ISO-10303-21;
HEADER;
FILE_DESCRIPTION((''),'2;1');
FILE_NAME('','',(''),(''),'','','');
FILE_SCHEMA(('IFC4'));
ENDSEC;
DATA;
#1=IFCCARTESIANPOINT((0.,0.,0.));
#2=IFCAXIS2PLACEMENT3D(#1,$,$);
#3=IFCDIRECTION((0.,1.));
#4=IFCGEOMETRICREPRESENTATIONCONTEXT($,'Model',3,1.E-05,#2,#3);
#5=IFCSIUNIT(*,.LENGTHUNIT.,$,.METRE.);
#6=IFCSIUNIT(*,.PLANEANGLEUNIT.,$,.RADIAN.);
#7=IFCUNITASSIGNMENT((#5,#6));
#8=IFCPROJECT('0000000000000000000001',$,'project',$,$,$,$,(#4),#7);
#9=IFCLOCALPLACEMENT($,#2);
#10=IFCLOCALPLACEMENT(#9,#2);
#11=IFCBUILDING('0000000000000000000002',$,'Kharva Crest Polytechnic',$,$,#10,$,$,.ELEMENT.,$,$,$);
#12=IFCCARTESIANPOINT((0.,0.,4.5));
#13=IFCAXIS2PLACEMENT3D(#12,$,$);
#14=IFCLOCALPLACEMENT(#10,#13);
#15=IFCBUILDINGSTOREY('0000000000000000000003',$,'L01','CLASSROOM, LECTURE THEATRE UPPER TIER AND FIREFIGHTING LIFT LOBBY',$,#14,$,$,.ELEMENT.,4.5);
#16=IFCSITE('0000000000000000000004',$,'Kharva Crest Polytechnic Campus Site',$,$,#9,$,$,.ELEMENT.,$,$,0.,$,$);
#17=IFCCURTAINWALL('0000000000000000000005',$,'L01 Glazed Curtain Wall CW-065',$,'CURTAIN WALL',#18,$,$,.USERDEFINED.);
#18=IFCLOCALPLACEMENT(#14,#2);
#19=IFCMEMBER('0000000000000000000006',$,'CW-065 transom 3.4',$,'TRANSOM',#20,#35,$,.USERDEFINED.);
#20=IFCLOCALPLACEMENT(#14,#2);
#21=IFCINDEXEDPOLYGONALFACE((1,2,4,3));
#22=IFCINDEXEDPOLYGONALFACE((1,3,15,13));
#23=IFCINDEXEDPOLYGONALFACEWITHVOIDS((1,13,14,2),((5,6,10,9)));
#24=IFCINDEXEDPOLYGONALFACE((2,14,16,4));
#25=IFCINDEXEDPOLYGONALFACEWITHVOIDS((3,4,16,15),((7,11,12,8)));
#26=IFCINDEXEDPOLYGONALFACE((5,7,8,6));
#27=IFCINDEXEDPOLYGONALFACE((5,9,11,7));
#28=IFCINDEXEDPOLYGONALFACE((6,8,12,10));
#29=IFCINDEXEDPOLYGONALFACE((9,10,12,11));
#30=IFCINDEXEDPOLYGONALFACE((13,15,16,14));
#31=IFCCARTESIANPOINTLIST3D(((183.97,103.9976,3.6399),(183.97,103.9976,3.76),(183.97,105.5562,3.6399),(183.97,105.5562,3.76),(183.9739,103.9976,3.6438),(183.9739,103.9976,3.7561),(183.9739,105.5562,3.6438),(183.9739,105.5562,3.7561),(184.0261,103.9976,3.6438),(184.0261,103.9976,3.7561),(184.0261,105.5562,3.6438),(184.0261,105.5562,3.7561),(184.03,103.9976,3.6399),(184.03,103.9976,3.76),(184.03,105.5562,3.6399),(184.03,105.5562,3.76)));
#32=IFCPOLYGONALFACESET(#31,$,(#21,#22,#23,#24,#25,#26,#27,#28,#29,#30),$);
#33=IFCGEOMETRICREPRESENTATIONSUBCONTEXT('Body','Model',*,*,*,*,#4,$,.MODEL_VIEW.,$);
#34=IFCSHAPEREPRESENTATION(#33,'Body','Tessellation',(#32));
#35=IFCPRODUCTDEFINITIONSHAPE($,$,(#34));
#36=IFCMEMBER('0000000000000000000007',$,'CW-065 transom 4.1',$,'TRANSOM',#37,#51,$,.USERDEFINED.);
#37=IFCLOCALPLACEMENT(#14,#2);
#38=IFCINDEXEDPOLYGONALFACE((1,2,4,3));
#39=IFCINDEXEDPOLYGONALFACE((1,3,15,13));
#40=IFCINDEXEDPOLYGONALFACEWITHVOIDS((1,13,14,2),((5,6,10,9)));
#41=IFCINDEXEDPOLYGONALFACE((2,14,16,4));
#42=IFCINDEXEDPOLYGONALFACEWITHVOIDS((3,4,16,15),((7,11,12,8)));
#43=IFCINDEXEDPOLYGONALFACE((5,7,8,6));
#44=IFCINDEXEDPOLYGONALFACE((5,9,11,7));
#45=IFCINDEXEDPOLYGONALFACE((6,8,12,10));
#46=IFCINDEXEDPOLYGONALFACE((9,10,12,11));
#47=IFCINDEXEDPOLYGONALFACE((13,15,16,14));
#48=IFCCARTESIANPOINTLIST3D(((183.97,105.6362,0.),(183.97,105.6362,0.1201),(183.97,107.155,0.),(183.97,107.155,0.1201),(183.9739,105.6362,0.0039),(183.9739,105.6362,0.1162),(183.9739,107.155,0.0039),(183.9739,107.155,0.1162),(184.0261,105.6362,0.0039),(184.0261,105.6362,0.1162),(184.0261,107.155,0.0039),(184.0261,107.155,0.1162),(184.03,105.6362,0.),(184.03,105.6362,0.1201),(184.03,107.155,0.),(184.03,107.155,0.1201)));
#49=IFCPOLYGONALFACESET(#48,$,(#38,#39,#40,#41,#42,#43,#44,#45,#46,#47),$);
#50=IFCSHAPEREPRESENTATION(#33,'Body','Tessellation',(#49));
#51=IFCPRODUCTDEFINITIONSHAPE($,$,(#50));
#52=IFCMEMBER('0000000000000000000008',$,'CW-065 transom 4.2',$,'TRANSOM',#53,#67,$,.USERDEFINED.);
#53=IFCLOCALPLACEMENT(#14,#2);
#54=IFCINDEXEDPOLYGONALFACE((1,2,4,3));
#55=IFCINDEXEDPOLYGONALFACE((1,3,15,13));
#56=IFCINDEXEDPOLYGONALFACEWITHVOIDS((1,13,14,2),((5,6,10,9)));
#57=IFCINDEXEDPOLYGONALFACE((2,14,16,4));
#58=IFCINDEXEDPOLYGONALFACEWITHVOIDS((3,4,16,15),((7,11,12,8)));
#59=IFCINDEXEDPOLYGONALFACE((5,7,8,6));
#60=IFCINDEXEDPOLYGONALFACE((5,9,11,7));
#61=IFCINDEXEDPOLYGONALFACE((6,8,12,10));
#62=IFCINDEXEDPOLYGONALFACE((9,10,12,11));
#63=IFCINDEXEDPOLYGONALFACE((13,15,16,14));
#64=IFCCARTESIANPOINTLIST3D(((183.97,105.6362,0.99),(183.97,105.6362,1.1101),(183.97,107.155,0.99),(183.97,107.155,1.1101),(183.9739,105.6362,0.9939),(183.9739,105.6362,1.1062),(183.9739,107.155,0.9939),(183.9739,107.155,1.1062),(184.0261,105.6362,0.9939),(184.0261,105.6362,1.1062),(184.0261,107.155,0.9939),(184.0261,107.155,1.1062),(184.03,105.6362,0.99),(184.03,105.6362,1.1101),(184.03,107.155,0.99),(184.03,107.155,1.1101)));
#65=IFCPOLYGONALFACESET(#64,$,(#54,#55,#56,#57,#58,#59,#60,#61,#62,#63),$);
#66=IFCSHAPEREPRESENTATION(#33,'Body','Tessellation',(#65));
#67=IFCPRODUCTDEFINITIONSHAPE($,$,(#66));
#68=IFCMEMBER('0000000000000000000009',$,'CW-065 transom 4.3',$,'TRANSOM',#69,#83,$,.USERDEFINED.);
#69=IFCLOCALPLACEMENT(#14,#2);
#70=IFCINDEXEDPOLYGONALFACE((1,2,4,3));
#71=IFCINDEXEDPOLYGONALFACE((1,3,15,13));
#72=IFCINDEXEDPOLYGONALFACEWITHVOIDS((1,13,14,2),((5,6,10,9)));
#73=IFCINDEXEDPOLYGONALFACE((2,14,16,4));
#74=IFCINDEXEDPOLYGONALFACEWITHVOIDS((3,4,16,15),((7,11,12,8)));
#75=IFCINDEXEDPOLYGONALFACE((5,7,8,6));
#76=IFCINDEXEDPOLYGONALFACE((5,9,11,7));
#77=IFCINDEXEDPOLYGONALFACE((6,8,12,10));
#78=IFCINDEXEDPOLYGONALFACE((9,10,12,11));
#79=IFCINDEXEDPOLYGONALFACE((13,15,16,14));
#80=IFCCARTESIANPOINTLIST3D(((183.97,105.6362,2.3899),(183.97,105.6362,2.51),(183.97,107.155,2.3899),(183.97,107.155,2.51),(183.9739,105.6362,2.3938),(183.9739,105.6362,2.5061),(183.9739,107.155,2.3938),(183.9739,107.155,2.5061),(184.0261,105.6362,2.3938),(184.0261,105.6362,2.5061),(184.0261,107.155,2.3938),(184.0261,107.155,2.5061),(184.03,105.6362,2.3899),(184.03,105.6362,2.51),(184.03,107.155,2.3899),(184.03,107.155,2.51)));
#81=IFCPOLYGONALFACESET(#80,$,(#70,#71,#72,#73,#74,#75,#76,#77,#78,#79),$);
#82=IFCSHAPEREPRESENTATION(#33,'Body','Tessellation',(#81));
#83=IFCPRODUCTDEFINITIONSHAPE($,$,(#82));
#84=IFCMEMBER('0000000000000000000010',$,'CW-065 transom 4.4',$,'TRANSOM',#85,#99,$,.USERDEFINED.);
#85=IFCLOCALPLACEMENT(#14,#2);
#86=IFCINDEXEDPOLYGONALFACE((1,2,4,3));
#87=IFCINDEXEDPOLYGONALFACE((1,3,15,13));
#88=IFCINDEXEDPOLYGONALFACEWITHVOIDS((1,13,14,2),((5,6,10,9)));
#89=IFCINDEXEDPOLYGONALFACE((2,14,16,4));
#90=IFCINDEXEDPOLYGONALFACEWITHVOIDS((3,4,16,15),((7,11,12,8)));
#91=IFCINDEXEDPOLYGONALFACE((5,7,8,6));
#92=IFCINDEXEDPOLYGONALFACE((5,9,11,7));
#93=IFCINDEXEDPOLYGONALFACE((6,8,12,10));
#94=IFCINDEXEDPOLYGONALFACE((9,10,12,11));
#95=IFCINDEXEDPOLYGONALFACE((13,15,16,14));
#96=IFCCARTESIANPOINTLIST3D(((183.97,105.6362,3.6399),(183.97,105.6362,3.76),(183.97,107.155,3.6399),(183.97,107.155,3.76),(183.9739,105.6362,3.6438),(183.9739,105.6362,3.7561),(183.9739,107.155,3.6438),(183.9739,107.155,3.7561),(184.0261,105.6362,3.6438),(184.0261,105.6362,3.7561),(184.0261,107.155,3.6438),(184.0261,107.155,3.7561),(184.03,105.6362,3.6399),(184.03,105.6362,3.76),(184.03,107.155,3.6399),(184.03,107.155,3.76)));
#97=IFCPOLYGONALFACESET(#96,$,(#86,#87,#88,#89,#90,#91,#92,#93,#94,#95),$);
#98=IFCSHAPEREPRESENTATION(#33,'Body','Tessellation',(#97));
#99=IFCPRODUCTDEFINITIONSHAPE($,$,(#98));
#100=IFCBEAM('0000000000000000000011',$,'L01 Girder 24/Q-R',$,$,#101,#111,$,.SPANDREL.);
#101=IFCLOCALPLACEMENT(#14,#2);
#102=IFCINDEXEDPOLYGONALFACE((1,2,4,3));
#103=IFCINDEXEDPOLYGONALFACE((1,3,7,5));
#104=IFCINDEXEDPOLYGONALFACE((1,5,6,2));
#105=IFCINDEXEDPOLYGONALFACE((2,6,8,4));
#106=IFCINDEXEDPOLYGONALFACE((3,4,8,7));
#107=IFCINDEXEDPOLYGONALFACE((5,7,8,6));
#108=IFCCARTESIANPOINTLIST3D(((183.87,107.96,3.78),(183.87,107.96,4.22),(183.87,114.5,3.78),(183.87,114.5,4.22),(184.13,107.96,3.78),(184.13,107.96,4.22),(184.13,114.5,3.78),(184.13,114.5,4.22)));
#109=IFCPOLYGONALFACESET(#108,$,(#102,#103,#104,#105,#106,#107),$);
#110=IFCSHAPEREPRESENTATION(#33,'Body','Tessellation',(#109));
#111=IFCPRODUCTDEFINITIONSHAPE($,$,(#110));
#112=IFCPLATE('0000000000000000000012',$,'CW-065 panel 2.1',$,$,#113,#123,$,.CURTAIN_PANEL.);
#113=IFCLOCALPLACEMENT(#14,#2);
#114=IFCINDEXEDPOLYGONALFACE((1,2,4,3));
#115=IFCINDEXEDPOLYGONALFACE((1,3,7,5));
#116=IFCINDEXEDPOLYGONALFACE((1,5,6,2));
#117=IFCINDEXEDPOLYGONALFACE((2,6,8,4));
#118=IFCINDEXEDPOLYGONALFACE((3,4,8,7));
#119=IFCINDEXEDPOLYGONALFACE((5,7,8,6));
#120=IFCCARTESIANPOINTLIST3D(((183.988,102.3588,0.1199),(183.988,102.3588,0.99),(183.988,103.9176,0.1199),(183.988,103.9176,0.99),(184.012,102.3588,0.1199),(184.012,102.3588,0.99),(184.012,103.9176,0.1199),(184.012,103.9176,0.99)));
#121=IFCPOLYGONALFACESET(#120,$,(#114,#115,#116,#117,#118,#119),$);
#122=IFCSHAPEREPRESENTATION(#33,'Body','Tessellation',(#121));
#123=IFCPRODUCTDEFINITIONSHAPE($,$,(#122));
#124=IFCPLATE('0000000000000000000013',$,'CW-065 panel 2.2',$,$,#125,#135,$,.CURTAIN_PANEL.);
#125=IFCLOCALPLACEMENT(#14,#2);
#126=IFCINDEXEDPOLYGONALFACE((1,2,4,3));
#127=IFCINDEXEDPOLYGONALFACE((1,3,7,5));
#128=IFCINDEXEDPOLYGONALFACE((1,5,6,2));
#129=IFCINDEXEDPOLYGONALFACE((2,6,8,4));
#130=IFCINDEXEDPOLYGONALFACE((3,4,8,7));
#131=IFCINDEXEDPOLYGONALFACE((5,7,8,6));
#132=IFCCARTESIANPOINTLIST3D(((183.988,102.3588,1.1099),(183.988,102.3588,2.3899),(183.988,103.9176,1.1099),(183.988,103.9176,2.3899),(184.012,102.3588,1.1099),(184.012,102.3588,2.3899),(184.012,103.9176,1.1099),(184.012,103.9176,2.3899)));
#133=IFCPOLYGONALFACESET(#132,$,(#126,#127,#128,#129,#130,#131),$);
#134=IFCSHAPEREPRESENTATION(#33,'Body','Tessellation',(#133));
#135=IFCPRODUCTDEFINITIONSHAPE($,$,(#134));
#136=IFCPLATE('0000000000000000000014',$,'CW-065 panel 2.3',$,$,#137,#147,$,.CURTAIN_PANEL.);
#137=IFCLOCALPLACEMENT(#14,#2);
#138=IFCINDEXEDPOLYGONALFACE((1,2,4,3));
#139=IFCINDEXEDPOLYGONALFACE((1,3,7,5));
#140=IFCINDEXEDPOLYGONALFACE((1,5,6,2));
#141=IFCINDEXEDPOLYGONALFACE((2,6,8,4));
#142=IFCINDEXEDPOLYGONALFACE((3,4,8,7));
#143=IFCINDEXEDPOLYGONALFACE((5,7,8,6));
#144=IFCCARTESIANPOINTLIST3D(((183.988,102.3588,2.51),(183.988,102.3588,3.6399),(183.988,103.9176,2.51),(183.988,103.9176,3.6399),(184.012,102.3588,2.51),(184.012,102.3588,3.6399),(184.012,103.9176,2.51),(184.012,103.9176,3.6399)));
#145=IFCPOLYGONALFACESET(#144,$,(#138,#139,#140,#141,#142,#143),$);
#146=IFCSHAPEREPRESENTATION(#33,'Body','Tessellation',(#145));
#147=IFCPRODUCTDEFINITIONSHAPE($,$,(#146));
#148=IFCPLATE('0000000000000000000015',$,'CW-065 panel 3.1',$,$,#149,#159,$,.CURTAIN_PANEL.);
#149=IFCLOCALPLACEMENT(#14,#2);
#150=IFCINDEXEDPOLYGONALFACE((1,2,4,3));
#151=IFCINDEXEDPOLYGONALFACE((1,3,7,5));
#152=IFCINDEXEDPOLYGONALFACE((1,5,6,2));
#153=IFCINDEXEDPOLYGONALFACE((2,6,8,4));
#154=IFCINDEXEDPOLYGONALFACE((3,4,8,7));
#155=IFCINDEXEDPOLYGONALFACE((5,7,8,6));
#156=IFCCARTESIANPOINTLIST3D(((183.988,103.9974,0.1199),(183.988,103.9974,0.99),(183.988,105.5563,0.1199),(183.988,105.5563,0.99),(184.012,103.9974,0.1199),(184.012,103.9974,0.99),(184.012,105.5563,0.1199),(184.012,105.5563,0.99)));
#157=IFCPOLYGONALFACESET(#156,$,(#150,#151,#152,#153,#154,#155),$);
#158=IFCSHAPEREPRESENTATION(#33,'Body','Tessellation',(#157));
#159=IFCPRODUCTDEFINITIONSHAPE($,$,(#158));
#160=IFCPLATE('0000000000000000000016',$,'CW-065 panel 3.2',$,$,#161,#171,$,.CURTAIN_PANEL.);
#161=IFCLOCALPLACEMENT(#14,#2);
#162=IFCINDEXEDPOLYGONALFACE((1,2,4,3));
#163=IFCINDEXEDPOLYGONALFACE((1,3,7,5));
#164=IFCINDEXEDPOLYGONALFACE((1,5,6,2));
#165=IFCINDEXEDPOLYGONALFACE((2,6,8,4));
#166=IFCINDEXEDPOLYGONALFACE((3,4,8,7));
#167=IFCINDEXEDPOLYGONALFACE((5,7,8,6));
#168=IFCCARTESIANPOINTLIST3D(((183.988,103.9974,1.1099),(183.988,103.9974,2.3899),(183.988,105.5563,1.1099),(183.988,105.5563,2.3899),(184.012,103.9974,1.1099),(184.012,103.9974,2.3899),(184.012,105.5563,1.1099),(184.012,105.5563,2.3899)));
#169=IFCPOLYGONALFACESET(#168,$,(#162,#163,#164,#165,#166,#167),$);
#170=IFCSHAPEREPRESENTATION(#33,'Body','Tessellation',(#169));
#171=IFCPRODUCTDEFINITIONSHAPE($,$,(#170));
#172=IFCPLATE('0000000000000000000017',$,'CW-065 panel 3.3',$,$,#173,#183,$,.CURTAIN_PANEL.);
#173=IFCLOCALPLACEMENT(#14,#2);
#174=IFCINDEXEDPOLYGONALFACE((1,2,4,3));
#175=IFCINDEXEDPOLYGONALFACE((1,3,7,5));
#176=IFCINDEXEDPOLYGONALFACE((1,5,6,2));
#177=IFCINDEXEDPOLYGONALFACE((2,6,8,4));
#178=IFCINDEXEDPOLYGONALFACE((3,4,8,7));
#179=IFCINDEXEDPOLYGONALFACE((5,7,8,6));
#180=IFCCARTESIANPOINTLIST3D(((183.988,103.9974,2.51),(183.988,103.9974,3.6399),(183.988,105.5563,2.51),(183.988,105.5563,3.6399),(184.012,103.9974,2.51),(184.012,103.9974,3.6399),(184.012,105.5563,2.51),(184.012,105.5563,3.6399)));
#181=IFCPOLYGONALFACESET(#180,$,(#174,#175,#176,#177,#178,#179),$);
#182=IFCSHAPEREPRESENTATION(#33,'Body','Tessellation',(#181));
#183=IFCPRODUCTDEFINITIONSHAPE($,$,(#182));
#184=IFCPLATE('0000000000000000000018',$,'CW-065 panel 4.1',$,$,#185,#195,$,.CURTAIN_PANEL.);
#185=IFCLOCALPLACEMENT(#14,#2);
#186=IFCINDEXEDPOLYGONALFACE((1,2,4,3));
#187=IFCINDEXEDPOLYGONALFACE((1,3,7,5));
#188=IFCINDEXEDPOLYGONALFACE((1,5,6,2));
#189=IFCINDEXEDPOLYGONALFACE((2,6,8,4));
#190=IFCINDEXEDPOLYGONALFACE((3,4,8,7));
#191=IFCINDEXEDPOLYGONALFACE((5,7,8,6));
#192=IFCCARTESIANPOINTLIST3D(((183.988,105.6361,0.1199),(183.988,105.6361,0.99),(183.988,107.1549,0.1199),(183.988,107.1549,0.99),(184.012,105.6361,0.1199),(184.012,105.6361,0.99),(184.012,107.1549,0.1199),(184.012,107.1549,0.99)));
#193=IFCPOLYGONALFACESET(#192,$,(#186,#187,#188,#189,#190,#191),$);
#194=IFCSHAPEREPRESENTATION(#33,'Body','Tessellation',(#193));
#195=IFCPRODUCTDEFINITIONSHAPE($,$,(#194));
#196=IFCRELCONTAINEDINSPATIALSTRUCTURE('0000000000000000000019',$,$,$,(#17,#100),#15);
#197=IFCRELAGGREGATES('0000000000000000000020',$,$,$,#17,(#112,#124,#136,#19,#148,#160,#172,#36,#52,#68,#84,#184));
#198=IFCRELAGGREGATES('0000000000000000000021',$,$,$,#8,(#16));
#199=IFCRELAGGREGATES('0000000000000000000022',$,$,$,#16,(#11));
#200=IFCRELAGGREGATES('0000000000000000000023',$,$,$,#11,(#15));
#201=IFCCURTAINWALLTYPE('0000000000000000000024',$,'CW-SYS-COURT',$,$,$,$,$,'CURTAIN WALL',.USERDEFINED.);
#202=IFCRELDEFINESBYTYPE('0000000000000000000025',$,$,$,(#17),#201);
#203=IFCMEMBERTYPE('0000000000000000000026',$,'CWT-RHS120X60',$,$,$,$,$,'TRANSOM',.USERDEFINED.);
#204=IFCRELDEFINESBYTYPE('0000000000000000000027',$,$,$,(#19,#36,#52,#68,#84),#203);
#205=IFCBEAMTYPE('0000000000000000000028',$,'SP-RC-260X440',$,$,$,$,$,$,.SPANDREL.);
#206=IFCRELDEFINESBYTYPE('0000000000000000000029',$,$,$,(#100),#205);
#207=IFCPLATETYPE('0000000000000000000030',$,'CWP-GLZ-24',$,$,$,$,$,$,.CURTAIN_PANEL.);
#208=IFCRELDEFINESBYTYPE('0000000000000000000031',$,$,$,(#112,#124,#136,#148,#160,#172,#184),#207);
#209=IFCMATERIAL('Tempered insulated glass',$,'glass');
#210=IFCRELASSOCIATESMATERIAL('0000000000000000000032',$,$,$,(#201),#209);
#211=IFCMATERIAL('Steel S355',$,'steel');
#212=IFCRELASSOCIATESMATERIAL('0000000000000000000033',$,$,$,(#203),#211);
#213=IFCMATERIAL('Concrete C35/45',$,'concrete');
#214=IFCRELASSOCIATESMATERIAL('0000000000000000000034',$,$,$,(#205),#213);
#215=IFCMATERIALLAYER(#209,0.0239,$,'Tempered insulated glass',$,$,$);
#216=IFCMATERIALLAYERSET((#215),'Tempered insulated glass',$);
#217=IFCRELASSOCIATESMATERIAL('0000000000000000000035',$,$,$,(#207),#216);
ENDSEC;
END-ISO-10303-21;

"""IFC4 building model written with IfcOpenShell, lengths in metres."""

from ifc_helpers import new_model, si_unit, direction, frame, origin, origin_2d, place, context, subcontext, project, spatial, rectangle, hollow_rectangle, extrude, material, layer, layer_set, material_profile, profile_set, type_object, element, aggregate, save


model = new_model("IFC4")

# Units and contexts
model_context = context("Model", 3, precision=1e-05, world=origin(), true_north=direction((0.0, 1.0)))
body_context = subcontext(model_context, "Body", "Model", "MODEL_VIEW")
ifc_project = project(units=[si_unit("LENGTHUNIT", "METRE"), si_unit("PLANEANGLEUNIT", "RADIAN")], contexts=[model_context])

# Site, building, storey
site_placement = place(None, origin())
site = spatial("IfcSite", under=ifc_project, at=site_placement, Name="Kharva Crest Polytechnic Campus Site", CompositionType="ELEMENT", RefElevation=0.0)
building_placement = place(site_placement, origin())
building = spatial("IfcBuilding", under=site, at=building_placement, Name="Kharva Crest Polytechnic", CompositionType="ELEMENT")
storey_placement = place(building_placement, frame((0.0, 0.0, 4.5)))
storey = spatial("IfcBuildingStorey", under=building, at=storey_placement, Name="L01", Description="CLASSROOM, LECTURE THEATRE UPPER TIER AND FIREFIGHTING LIFT LOBBY", CompositionType="ELEMENT", Elevation=4.5)

# Curtain wall, members
ifc_material_1 = material(Name="Tempered insulated glass", Category="glass")
curtain_wall_type = type_object("IfcCurtainWallType", Name="CW-SYS-COURT", ElementType="CURTAIN WALL", PredefinedType="USERDEFINED", material=ifc_material_1)
curtain_wall_placement = place(storey_placement, origin())
curtain_wall = element("IfcCurtainWall", 1, at=curtain_wall_placement, inside=storey, type_object=curtain_wall_type, Name="L01 Glazed Curtain Wall CW-065", ObjectType="CURTAIN WALL", PredefinedType="USERDEFINED")
ifc_material_2 = material(Name="Steel S355", Category="steel")
ifc_material_profile_1 = material_profile(ifc_material_2, hollow_rectangle(XDim=0.0601, YDim=0.1201, WallThickness=0.0039, at=origin_2d()), Name="RHS 120X60X4.0")
ifc_profile_set_1 = profile_set([ifc_material_profile_1], Name="Steel S355")
member_type_1 = type_object("IfcMemberType", Name="CWT-RHS120X60", ElementType="TRANSOM", PredefinedType="USERDEFINED", material=ifc_profile_set_1)
member_1_placement = place(storey_placement, frame((184.0, 103.9976, 3.7), z_axis=(0.0, 1.0, 0.0), x_axis=(-1.0, 0.0, 0.0)))
member_1 = element("IfcMember", 2, at=member_1_placement, type_object=member_type_1, Name="CW-065 transom 3.4", ObjectType="TRANSOM", PredefinedType="USERDEFINED", context=body_context, shape_type="SweptSolid", body=[
    extrude(hollow_rectangle(XDim=0.0601, YDim=0.1201, WallThickness=0.0039, at=origin_2d()), origin(), (0.0, 0.0, 1.0), 1.5586),
])
member_2_placement = place(storey_placement, frame((184.0, 105.6362, 0.0601), z_axis=(0.0, 1.0, 0.0), x_axis=(-1.0, 0.0, 0.0)))
member_2 = element("IfcMember", 3, at=member_2_placement, type_object=member_type_1, Name="CW-065 transom 4.1", ObjectType="TRANSOM", PredefinedType="USERDEFINED", context=body_context, shape_type="SweptSolid", body=[
    extrude(hollow_rectangle(XDim=0.0601, YDim=0.1201, WallThickness=0.0039, at=origin_2d()), origin(), (0.0, 0.0, 1.0), 1.5188),
])
member_3_placement = place(storey_placement, frame((184.0, 105.6362, 1.05), z_axis=(0.0, 1.0, 0.0), x_axis=(-1.0, 0.0, 0.0)))
member_3 = element("IfcMember", 4, at=member_3_placement, type_object=member_type_1, Name="CW-065 transom 4.2", ObjectType="TRANSOM", PredefinedType="USERDEFINED", context=body_context, shape_type="SweptSolid", body=[
    extrude(hollow_rectangle(XDim=0.0601, YDim=0.1201, WallThickness=0.0039, at=origin_2d()), origin(), (0.0, 0.0, 1.0), 1.5188),
])
member_4_placement = place(storey_placement, frame((184.0, 105.6362, 2.45), z_axis=(0.0, 1.0, 0.0), x_axis=(-1.0, 0.0, 0.0)))
member_4 = element("IfcMember", 5, at=member_4_placement, type_object=member_type_1, Name="CW-065 transom 4.3", ObjectType="TRANSOM", PredefinedType="USERDEFINED", context=body_context, shape_type="SweptSolid", body=[
    extrude(hollow_rectangle(XDim=0.0601, YDim=0.1201, WallThickness=0.0039, at=origin_2d()), origin(), (0.0, 0.0, 1.0), 1.5188),
])
member_5_placement = place(storey_placement, frame((184.0, 105.6362, 3.7), z_axis=(0.0, 1.0, 0.0), x_axis=(-1.0, 0.0, 0.0)))
member_5 = element("IfcMember", 6, at=member_5_placement, type_object=member_type_1, Name="CW-065 transom 4.4", ObjectType="TRANSOM", PredefinedType="USERDEFINED", context=body_context, shape_type="SweptSolid", body=[
    extrude(hollow_rectangle(XDim=0.0601, YDim=0.1201, WallThickness=0.0039, at=origin_2d()), origin(), (0.0, 0.0, 1.0), 1.5188),
])

# Beam
ifc_material_3 = material(Name="Concrete C35/45", Category="concrete")
ifc_material_profile_2 = material_profile(ifc_material_3, rectangle(XDim=0.26, YDim=0.4399, at=origin_2d()), Name="RECT 260 X 440")
ifc_profile_set_2 = profile_set([ifc_material_profile_2], Name="Concrete C35/45")
beam_type = type_object("IfcBeamType", Name="SP-RC-260X440", PredefinedType="SPANDREL", material=ifc_profile_set_2)
beam_placement = place(storey_placement, frame((184.0, 107.96, 4.0), z_axis=(0.0, 1.0, 0.0), x_axis=(-1.0, 0.0, 0.0)))
element("IfcBeam", 7, at=beam_placement, inside=storey, type_object=beam_type, Name="L01 Girder 24/Q-R", PredefinedType="SPANDREL", context=body_context, shape_type="SweptSolid", body=[
    extrude(rectangle(XDim=0.26, YDim=0.4399, at=origin_2d()), origin(), (0.0, 0.0, 1.0), 6.54),
])

# Plates
ifc_layer = layer(ifc_material_1, 0.0239, Name="Tempered insulated glass")
ifc_layer_set = layer_set([ifc_layer], Name="Tempered insulated glass")
plate_type = type_object("IfcPlateType", Name="CWP-GLZ-24", PredefinedType="CURTAIN_PANEL", material=ifc_layer_set)
plate_1_placement = place(storey_placement, frame((184.0, 103.1382, 0.1199), z_axis=(0.0, 0.0, 1.0), x_axis=(0.0, 1.0, 0.0)))
plate_1 = element("IfcPlate", 8, at=plate_1_placement, type_object=plate_type, Name="CW-065 panel 2.1", PredefinedType="CURTAIN_PANEL", context=body_context, shape_type="SweptSolid", body=[
    extrude(rectangle(XDim=1.5588, YDim=0.0239, at=origin_2d()), origin(), (0.0, 0.0, 1.0), 0.8701),
])
plate_2_placement = place(storey_placement, frame((184.0, 103.1382, 1.1099), z_axis=(0.0, 0.0, 1.0), x_axis=(0.0, 1.0, 0.0)))
plate_2 = element("IfcPlate", 9, at=plate_2_placement, type_object=plate_type, Name="CW-065 panel 2.2", PredefinedType="CURTAIN_PANEL", context=body_context, shape_type="SweptSolid", body=[
    extrude(rectangle(XDim=1.5588, YDim=0.0239, at=origin_2d()), origin(), (0.0, 0.0, 1.0), 1.28),
])
plate_3_placement = place(storey_placement, frame((184.0, 103.1382, 2.51), z_axis=(0.0, 0.0, 1.0), x_axis=(0.0, 1.0, 0.0)))
plate_3 = element("IfcPlate", 10, at=plate_3_placement, type_object=plate_type, Name="CW-065 panel 2.3", PredefinedType="CURTAIN_PANEL", context=body_context, shape_type="SweptSolid", body=[
    extrude(rectangle(XDim=1.5588, YDim=0.0239, at=origin_2d()), origin(), (0.0, 0.0, 1.0), 1.1299),
])
plate_4_placement = place(storey_placement, frame((184.0, 104.7769, 0.1199), z_axis=(0.0, 0.0, 1.0), x_axis=(0.0, 1.0, 0.0)))
plate_4 = element("IfcPlate", 11, at=plate_4_placement, type_object=plate_type, Name="CW-065 panel 3.1", PredefinedType="CURTAIN_PANEL", context=body_context, shape_type="SweptSolid", body=[
    extrude(rectangle(XDim=1.5588, YDim=0.0239, at=origin_2d()), origin(), (0.0, 0.0, 1.0), 0.8701),
])
plate_5_placement = place(storey_placement, frame((184.0, 104.7769, 1.1099), z_axis=(0.0, 0.0, 1.0), x_axis=(0.0, 1.0, 0.0)))
plate_5 = element("IfcPlate", 12, at=plate_5_placement, type_object=plate_type, Name="CW-065 panel 3.2", PredefinedType="CURTAIN_PANEL", context=body_context, shape_type="SweptSolid", body=[
    extrude(rectangle(XDim=1.5588, YDim=0.0239, at=origin_2d()), origin(), (0.0, 0.0, 1.0), 1.28),
])
plate_6_placement = place(storey_placement, frame((184.0, 104.7769, 2.51), z_axis=(0.0, 0.0, 1.0), x_axis=(0.0, 1.0, 0.0)))
plate_6 = element("IfcPlate", 13, at=plate_6_placement, type_object=plate_type, Name="CW-065 panel 3.3", PredefinedType="CURTAIN_PANEL", context=body_context, shape_type="SweptSolid", body=[
    extrude(rectangle(XDim=1.5588, YDim=0.0239, at=origin_2d()), origin(), (0.0, 0.0, 1.0), 1.1299),
])
plate_7_placement = place(storey_placement, frame((184.0, 106.3955, 0.1199), z_axis=(0.0, 0.0, 1.0), x_axis=(0.0, 1.0, 0.0)))
plate_7 = element("IfcPlate", 14, at=plate_7_placement, type_object=plate_type, Name="CW-065 panel 4.1", PredefinedType="CURTAIN_PANEL", context=body_context, shape_type="SweptSolid", body=[
    extrude(rectangle(XDim=1.5188, YDim=0.0239, at=origin_2d()), origin(), (0.0, 0.0, 1.0), 0.8701),
])
aggregate(curtain_wall, [plate_1, plate_2, plate_3, member_1, plate_4, plate_5, plate_6, member_2, member_3, member_4, member_5, plate_7])

save(model, "model.ifc")
